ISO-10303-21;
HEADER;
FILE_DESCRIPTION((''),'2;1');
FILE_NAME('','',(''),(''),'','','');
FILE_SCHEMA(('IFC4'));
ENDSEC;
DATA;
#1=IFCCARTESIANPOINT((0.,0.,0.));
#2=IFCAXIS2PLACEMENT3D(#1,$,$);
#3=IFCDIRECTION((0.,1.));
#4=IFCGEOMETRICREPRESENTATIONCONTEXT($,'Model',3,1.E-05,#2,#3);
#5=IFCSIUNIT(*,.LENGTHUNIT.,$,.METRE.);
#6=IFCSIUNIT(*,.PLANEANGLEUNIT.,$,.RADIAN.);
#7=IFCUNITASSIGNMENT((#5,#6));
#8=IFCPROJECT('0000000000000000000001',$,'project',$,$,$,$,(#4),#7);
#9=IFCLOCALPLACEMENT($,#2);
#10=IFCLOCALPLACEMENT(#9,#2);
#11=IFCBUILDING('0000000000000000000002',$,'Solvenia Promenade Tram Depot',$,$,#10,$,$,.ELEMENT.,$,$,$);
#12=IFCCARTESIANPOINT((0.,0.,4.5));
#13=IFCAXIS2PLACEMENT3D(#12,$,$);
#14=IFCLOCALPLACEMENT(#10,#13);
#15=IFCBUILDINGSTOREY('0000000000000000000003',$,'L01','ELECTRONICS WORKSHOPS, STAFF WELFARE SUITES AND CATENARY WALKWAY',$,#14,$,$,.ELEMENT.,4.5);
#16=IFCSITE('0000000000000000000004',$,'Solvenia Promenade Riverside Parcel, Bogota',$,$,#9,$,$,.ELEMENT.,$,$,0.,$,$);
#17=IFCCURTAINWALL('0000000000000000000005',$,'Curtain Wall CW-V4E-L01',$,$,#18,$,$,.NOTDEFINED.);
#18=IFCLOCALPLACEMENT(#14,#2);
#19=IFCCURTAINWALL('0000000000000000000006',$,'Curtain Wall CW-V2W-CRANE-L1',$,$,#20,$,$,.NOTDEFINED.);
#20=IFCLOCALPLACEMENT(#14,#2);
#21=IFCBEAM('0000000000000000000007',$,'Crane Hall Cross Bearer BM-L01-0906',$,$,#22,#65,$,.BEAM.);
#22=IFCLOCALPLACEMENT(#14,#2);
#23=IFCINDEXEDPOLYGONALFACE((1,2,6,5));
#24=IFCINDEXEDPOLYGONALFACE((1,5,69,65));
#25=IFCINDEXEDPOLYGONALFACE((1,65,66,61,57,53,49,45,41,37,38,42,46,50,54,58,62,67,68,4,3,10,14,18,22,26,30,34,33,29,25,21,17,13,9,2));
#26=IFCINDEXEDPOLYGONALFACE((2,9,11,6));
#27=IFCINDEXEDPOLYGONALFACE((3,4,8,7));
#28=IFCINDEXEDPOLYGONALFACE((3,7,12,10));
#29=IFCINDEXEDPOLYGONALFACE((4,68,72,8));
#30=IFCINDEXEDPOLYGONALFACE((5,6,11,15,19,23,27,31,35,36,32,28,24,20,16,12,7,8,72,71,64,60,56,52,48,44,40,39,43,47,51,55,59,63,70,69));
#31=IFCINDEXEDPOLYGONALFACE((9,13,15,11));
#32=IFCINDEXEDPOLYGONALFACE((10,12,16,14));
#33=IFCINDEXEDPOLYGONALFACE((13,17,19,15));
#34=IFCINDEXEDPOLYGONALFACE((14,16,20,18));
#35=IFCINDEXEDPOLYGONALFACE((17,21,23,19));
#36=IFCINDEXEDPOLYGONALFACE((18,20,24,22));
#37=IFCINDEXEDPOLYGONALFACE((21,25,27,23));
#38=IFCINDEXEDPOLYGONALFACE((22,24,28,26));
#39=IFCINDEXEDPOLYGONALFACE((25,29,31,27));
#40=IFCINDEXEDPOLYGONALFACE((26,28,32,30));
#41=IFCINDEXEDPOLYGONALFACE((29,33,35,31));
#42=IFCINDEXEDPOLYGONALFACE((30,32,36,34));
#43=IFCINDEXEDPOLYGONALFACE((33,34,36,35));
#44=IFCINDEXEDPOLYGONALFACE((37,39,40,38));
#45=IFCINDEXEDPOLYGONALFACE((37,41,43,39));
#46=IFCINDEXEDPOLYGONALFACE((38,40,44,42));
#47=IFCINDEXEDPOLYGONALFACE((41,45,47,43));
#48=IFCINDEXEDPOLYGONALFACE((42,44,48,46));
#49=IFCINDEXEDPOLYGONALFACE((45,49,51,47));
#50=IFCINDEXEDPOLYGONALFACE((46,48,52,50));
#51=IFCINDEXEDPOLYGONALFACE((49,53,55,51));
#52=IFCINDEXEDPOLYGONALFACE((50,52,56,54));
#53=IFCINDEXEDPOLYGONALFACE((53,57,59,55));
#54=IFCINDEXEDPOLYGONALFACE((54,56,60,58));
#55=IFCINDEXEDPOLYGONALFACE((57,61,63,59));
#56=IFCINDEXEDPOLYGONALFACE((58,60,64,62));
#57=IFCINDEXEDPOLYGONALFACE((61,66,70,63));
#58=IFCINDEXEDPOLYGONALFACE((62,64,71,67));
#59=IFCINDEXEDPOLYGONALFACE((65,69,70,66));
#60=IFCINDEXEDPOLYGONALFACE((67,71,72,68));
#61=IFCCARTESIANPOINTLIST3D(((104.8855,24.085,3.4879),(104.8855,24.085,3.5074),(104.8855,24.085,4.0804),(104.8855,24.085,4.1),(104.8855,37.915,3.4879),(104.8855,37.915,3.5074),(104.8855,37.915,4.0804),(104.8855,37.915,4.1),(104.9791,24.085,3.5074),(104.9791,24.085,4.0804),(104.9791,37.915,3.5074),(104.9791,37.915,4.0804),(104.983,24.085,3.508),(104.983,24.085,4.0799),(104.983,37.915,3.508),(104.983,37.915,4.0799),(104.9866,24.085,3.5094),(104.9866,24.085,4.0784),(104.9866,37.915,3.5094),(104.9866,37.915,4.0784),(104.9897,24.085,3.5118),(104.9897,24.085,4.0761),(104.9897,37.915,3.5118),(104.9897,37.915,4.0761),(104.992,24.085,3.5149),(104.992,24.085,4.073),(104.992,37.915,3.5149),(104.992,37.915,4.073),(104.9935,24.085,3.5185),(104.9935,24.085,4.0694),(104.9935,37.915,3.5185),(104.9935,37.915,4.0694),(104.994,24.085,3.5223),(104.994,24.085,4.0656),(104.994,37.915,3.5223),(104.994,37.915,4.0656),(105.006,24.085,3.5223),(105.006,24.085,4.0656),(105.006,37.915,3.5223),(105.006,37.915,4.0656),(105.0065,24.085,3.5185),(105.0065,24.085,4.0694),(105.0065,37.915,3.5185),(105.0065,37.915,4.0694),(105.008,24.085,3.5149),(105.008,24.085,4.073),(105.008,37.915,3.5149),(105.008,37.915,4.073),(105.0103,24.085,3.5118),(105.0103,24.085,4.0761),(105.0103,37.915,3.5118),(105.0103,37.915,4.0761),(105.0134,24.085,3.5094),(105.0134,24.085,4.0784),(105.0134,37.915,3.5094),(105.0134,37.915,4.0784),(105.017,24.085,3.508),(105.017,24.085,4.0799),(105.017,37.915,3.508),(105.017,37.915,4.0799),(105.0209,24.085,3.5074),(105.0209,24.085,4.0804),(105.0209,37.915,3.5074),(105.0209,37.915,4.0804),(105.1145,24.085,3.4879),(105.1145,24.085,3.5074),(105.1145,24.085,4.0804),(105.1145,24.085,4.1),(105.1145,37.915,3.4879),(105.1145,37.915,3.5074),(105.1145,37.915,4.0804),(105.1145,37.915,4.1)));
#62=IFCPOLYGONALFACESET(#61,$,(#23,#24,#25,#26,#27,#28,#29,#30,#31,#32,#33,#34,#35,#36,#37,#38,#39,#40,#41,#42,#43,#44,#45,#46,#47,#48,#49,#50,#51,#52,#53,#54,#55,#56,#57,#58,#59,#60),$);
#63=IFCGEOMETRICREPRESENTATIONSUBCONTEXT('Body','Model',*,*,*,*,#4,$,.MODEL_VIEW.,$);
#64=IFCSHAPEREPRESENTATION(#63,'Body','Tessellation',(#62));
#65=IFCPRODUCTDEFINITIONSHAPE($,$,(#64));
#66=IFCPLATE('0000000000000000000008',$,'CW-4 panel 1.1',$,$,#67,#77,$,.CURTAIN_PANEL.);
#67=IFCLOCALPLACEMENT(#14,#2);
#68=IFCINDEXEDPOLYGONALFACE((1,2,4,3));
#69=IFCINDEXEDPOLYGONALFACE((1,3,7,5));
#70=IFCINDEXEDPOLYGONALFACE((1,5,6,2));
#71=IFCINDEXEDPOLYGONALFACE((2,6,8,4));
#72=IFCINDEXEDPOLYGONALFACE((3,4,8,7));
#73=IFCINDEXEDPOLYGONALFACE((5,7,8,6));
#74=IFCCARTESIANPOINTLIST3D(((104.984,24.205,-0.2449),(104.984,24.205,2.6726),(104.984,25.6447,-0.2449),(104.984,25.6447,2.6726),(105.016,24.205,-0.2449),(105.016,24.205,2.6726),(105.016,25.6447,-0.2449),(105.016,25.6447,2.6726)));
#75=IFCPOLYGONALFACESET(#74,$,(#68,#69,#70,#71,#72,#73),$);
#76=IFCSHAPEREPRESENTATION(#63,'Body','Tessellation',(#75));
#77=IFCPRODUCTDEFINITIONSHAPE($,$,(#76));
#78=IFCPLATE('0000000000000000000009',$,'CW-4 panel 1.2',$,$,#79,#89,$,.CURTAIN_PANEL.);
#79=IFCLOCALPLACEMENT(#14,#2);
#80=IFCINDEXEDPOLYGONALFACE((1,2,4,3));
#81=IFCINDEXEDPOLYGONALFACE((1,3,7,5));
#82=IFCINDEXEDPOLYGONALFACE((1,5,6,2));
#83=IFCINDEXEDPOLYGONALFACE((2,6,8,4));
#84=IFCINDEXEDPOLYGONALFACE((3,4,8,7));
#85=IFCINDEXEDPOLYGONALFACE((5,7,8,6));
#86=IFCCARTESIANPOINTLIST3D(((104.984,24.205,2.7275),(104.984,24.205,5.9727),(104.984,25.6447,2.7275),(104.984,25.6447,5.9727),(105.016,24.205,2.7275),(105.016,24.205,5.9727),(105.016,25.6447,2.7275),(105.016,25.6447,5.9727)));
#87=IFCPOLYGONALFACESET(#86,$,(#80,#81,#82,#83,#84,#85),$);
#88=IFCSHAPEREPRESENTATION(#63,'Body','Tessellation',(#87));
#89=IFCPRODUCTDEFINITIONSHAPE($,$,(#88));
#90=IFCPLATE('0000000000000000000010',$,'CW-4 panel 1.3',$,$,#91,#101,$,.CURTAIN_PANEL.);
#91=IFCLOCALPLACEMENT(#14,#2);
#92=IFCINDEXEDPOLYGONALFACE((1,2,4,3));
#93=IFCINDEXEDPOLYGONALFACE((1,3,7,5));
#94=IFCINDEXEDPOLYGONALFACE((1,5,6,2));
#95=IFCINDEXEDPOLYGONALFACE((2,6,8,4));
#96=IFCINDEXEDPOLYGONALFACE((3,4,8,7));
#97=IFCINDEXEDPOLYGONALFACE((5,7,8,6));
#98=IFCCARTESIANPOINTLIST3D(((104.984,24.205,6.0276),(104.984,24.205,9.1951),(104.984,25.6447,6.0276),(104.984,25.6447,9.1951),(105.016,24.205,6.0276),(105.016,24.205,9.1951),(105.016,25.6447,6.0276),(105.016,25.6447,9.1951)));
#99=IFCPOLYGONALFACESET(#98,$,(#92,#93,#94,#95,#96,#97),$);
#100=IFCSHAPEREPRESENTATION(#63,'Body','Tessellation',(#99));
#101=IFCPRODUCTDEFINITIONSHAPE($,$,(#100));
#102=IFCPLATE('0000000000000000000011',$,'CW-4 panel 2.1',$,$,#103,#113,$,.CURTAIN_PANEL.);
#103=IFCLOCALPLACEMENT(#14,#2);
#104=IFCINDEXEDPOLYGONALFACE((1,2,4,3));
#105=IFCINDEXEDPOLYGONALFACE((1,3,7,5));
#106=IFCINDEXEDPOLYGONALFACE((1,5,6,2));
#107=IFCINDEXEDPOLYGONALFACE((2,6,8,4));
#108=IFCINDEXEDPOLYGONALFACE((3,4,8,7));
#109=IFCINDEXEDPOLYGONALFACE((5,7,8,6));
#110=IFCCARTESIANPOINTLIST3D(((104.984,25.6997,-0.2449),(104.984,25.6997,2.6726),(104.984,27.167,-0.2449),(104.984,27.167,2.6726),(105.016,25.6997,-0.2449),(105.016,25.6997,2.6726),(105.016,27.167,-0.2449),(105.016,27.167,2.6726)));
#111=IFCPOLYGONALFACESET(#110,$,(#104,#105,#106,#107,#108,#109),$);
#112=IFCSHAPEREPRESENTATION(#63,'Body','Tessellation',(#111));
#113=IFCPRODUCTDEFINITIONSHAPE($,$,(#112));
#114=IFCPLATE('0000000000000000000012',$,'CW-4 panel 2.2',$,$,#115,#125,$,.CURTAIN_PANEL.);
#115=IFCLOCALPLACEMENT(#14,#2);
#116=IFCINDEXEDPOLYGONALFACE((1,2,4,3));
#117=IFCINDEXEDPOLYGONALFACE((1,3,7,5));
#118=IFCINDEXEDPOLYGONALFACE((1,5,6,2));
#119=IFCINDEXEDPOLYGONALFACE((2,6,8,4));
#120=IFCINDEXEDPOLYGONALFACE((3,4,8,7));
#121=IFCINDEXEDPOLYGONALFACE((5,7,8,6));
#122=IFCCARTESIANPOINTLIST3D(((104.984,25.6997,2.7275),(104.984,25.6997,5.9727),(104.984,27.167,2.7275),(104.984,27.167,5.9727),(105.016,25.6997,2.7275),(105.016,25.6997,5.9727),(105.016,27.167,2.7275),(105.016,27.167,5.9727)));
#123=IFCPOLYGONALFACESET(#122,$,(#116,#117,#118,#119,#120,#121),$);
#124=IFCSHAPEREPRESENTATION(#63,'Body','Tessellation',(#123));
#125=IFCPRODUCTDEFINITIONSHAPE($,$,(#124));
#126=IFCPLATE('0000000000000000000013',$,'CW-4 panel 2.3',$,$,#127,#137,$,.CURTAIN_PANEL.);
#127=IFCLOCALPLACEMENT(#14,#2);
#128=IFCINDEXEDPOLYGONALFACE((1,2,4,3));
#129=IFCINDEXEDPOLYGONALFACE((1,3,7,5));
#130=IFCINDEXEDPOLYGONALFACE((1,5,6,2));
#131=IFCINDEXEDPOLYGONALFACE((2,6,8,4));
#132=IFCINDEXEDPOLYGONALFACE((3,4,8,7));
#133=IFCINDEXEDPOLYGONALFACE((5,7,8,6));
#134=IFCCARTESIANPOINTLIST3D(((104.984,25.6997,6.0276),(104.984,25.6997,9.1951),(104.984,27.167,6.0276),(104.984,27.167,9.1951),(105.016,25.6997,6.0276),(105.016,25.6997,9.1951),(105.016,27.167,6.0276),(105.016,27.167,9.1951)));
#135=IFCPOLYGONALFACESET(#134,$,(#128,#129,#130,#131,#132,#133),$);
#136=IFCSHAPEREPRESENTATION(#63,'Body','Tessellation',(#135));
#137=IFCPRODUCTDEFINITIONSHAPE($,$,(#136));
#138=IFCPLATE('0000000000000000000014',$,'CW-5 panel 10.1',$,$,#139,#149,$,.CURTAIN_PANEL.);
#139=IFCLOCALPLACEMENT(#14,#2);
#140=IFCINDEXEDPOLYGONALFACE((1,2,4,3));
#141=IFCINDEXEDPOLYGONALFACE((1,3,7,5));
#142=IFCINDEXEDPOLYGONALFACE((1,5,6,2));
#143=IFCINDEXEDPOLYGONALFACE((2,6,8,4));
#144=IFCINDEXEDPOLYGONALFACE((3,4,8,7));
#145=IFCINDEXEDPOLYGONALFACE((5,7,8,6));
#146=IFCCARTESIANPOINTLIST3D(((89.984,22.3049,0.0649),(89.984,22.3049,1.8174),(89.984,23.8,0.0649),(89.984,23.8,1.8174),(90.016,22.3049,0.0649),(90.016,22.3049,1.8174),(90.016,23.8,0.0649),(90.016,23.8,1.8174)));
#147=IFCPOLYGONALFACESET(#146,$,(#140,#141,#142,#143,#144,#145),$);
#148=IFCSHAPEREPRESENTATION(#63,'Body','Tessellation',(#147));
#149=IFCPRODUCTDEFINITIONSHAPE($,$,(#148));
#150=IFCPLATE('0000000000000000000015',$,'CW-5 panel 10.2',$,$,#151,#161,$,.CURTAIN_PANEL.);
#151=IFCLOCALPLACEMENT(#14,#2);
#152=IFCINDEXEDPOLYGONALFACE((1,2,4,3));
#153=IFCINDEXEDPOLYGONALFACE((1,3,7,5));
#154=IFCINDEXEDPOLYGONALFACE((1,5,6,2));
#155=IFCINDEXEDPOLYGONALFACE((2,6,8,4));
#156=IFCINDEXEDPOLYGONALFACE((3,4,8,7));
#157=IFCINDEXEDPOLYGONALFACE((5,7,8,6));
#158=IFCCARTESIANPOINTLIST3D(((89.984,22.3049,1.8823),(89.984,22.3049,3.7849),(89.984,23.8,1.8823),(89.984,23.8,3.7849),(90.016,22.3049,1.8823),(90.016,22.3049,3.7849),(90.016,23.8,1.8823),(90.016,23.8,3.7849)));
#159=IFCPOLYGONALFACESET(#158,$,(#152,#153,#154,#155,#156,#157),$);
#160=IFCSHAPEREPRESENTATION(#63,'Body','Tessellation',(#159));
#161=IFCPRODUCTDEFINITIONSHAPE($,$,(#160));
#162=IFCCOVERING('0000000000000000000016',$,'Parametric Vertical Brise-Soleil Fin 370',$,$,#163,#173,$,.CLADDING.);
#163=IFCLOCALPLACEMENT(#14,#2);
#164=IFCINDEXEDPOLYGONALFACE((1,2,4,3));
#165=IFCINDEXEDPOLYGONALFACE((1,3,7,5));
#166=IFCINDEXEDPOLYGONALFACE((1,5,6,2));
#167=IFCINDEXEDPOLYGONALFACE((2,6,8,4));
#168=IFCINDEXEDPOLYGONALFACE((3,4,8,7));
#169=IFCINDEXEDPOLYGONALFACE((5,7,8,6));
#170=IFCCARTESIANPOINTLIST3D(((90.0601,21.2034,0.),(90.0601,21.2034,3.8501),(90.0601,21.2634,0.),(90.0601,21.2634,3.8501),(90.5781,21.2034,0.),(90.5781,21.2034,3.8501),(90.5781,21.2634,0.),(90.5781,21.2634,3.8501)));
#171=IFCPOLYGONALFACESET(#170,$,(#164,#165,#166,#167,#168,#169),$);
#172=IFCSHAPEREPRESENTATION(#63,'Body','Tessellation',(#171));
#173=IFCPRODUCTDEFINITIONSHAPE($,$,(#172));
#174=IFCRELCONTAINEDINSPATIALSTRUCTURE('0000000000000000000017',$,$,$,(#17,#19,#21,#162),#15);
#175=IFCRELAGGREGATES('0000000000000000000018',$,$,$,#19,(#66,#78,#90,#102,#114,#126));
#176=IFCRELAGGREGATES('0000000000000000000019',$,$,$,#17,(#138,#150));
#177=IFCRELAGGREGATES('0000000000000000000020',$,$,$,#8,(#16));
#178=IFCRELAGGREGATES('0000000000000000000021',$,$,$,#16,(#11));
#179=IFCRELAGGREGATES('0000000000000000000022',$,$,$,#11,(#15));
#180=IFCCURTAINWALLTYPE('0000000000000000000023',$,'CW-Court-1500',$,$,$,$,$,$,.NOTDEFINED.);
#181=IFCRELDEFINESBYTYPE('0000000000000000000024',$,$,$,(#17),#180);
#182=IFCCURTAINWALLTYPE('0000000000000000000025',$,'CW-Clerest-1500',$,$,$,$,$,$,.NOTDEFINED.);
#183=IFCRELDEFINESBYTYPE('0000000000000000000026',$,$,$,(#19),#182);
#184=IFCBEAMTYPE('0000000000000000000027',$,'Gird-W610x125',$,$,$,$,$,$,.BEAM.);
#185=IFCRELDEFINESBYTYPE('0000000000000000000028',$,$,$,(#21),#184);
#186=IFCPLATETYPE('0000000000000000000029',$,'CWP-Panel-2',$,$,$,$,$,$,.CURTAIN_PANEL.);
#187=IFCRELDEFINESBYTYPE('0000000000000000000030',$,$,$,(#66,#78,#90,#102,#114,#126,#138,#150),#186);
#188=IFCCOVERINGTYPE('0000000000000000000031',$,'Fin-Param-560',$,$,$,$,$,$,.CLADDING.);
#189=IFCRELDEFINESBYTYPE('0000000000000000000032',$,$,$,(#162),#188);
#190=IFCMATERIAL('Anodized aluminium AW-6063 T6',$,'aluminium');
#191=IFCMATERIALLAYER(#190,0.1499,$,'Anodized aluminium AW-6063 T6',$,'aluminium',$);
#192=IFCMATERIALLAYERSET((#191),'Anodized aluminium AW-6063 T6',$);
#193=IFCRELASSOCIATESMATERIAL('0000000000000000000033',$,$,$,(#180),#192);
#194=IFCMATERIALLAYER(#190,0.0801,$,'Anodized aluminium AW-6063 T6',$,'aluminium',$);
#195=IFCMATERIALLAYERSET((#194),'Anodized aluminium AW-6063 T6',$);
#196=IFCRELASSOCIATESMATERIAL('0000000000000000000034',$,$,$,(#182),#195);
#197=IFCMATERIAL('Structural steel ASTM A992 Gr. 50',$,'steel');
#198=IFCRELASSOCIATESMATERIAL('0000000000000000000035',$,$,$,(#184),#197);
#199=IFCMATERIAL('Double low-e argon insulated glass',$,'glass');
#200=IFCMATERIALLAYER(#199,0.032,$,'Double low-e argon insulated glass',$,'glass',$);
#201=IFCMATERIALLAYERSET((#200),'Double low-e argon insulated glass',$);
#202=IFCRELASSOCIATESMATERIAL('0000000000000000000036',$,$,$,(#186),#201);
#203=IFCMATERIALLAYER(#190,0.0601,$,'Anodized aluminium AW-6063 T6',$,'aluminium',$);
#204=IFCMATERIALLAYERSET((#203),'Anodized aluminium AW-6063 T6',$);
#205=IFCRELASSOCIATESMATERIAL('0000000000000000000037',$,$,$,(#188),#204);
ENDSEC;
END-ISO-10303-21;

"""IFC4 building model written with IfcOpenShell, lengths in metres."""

from ifc_helpers import new_model, si_unit, direction, frame, origin, origin_2d, place, context, subcontext, project, spatial, rectangle, i_section, extrude, material, layer, layer_set, material_profile, profile_set, type_object, element, aggregate, save


model = new_model("IFC4")

# Units and contexts
model_context = context("Model", 3, precision=1e-05, world=origin(), true_north=direction((0.0, 1.0)))
body_context = subcontext(model_context, "Body", "Model", "MODEL_VIEW")
ifc_project = project(units=[si_unit("LENGTHUNIT", "METRE"), si_unit("PLANEANGLEUNIT", "RADIAN")], contexts=[model_context])

# Site, building, storey
site_placement = place(None, origin())
site = spatial("IfcSite", under=ifc_project, at=site_placement, Name="Solvenia Promenade Riverside Parcel, Bogota", CompositionType="ELEMENT", RefElevation=0.0)
building_placement = place(site_placement, origin())
building = spatial("IfcBuilding", under=site, at=building_placement, Name="Solvenia Promenade Tram Depot", CompositionType="ELEMENT")
storey_placement = place(building_placement, frame((0.0, 0.0, 4.5)))
storey = spatial("IfcBuildingStorey", under=building, at=storey_placement, Name="L01", Description="ELECTRONICS WORKSHOPS, STAFF WELFARE SUITES AND CATENARY WALKWAY", CompositionType="ELEMENT", Elevation=4.5)

# Shared definitions
ifc_material_1 = material(Name="Structural steel ASTM A992 Gr. 50", Category="steel")

# Curtain wall
ifc_material_2 = material(Name="Anodized aluminium AW-6063 T6", Category="aluminium")
ifc_layer_1 = layer(ifc_material_2, 0.1499, Name="Anodized aluminium AW-6063 T6", Category="aluminium")
ifc_layer_set_1 = layer_set([ifc_layer_1], Name="Anodized aluminium AW-6063 T6")
curtain_wall_type_1 = type_object("IfcCurtainWallType", Name="CW-Court-1500", PredefinedType="NOTDEFINED", material=ifc_layer_set_1)
curtain_wall_1_placement = place(storey_placement, origin())
curtain_wall_1 = element("IfcCurtainWall", 1, at=curtain_wall_1_placement, inside=storey, type_object=curtain_wall_type_1, Name="Curtain Wall CW-V4E-L01", PredefinedType="NOTDEFINED")

# Curtain wall
ifc_layer_2 = layer(ifc_material_2, 0.0801, Name="Anodized aluminium AW-6063 T6", Category="aluminium")
ifc_layer_set_2 = layer_set([ifc_layer_2], Name="Anodized aluminium AW-6063 T6")
curtain_wall_type_2 = type_object("IfcCurtainWallType", Name="CW-Clerest-1500", PredefinedType="NOTDEFINED", material=ifc_layer_set_2)
curtain_wall_2_placement = place(storey_placement, origin())
curtain_wall_2 = element("IfcCurtainWall", 2, at=curtain_wall_2_placement, inside=storey, type_object=curtain_wall_type_2, Name="Curtain Wall CW-V2W-CRANE-L1", PredefinedType="NOTDEFINED")

# Beam
ifc_material_profile_1 = material_profile(ifc_material_1, i_section(OverallWidth=0.229, OverallDepth=0.6121, WebThickness=0.012, FlangeThickness=0.0195, FilletRadius=0.0149, at=origin_2d()), Name="W610x125", Category="steel")
ifc_profile_set_1 = profile_set([ifc_material_profile_1], Name="Structural steel ASTM A992 Gr. 50")
beam_type = type_object("IfcBeamType", Name="Gird-W610x125", PredefinedType="BEAM", material=ifc_profile_set_1)
beam_placement = place(storey_placement, frame((105.0, 24.085, 3.7939), z_axis=(0.0, 1.0, 0.0), x_axis=(-1.0, 0.0, 0.0)))
element("IfcBeam", 3, at=beam_placement, inside=storey, type_object=beam_type, Name="Crane Hall Cross Bearer BM-L01-0906", PredefinedType="BEAM", context=body_context, shape_type="SweptSolid", body=[
    extrude(i_section(OverallWidth=0.229, OverallDepth=0.6121, WebThickness=0.012, FlangeThickness=0.0195, FilletRadius=0.0149, at=origin_2d()), origin(), (0.0, 0.0, 1.0), 13.8301),
])

# Plates
ifc_material_3 = material(Name="Double low-e argon insulated glass", Category="glass")
ifc_layer_3 = layer(ifc_material_3, 0.032, Name="Double low-e argon insulated glass", Category="glass")
ifc_layer_set_3 = layer_set([ifc_layer_3], Name="Double low-e argon insulated glass")
plate_type = type_object("IfcPlateType", Name="CWP-Panel-2", PredefinedType="CURTAIN_PANEL", material=ifc_layer_set_3)
plate_1_placement = place(storey_placement, frame((105.0, 24.9248, -0.2449), z_axis=(0.0, 0.0, 1.0), x_axis=(0.0, 1.0, 0.0)))
plate_1 = element("IfcPlate", 4, at=plate_1_placement, type_object=plate_type, Name="CW-4 panel 1.1", PredefinedType="CURTAIN_PANEL", context=body_context, shape_type="SweptSolid", body=[
    extrude(rectangle(XDim=1.4397, YDim=0.032, at=origin_2d()), origin(), (0.0, 0.0, 1.0), 2.9175),
])
plate_2_placement = place(storey_placement, frame((105.0, 24.9248, 2.7275), z_axis=(0.0, 0.0, 1.0), x_axis=(0.0, 1.0, 0.0)))
plate_2 = element("IfcPlate", 5, at=plate_2_placement, type_object=plate_type, Name="CW-4 panel 1.2", PredefinedType="CURTAIN_PANEL", context=body_context, shape_type="SweptSolid", body=[
    extrude(rectangle(XDim=1.4397, YDim=0.032, at=origin_2d()), origin(), (0.0, 0.0, 1.0), 3.2451),
])
plate_3_placement = place(storey_placement, frame((105.0, 24.9248, 6.0276), z_axis=(0.0, 0.0, 1.0), x_axis=(0.0, 1.0, 0.0)))
plate_3 = element("IfcPlate", 6, at=plate_3_placement, type_object=plate_type, Name="CW-4 panel 1.3", PredefinedType="CURTAIN_PANEL", context=body_context, shape_type="SweptSolid", body=[
    extrude(rectangle(XDim=1.4397, YDim=0.032, at=origin_2d()), origin(), (0.0, 0.0, 1.0), 3.1675),
])
plate_4_placement = place(storey_placement, frame((105.0, 26.4333, -0.2449), z_axis=(0.0, 0.0, 1.0), x_axis=(0.0, 1.0, 0.0)))
plate_4 = element("IfcPlate", 7, at=plate_4_placement, type_object=plate_type, Name="CW-4 panel 2.1", PredefinedType="CURTAIN_PANEL", context=body_context, shape_type="SweptSolid", body=[
    extrude(rectangle(XDim=1.4673, YDim=0.032, at=origin_2d()), origin(), (0.0, 0.0, 1.0), 2.9175),
])
plate_5_placement = place(storey_placement, frame((105.0, 26.4333, 2.7275), z_axis=(0.0, 0.0, 1.0), x_axis=(0.0, 1.0, 0.0)))
plate_5 = element("IfcPlate", 8, at=plate_5_placement, type_object=plate_type, Name="CW-4 panel 2.2", PredefinedType="CURTAIN_PANEL", context=body_context, shape_type="SweptSolid", body=[
    extrude(rectangle(XDim=1.4673, YDim=0.032, at=origin_2d()), origin(), (0.0, 0.0, 1.0), 3.2451),
])
plate_6_placement = place(storey_placement, frame((105.0, 26.4333, 6.0276), z_axis=(0.0, 0.0, 1.0), x_axis=(0.0, 1.0, 0.0)))
plate_6 = element("IfcPlate", 9, at=plate_6_placement, type_object=plate_type, Name="CW-4 panel 2.3", PredefinedType="CURTAIN_PANEL", context=body_context, shape_type="SweptSolid", body=[
    extrude(rectangle(XDim=1.4673, YDim=0.032, at=origin_2d()), origin(), (0.0, 0.0, 1.0), 3.1675),
])
aggregate(curtain_wall_2, [plate_1, plate_2, plate_3, plate_4, plate_5, plate_6])
plate_7_placement = place(storey_placement, frame((90.0, 23.0525, 0.0649), z_axis=(0.0, 0.0, 1.0), x_axis=(0.0, 1.0, 0.0)))
plate_7 = element("IfcPlate", 10, at=plate_7_placement, type_object=plate_type, Name="CW-5 panel 10.1", PredefinedType="CURTAIN_PANEL", context=body_context, shape_type="SweptSolid", body=[
    extrude(rectangle(XDim=1.4951, YDim=0.032, at=origin_2d()), origin(), (0.0, 0.0, 1.0), 1.7524),
])
plate_8_placement = place(storey_placement, frame((90.0, 23.0525, 1.8823), z_axis=(0.0, 0.0, 1.0), x_axis=(0.0, 1.0, 0.0)))
plate_8 = element("IfcPlate", 11, at=plate_8_placement, type_object=plate_type, Name="CW-5 panel 10.2", PredefinedType="CURTAIN_PANEL", context=body_context, shape_type="SweptSolid", body=[
    extrude(rectangle(XDim=1.4951, YDim=0.032, at=origin_2d()), origin(), (0.0, 0.0, 1.0), 1.9026),
])
aggregate(curtain_wall_1, [plate_7, plate_8])

# Covering
ifc_layer_4 = layer(ifc_material_2, 0.0601, Name="Anodized aluminium AW-6063 T6", Category="aluminium")
ifc_layer_set_4 = layer_set([ifc_layer_4], Name="Anodized aluminium AW-6063 T6")
covering_type = type_object("IfcCoveringType", Name="Fin-Param-560", PredefinedType="CLADDING", material=ifc_layer_set_4)
covering_placement = place(storey_placement, frame((90.3191, 21.2334, 0.0), z_axis=(0.0, 0.0, 1.0), x_axis=(0.0, 1.0, 0.0)))
element("IfcCovering", 12, at=covering_placement, inside=storey, type_object=covering_type, Name="Parametric Vertical Brise-Soleil Fin 370", PredefinedType="CLADDING", context=body_context, shape_type="SweptSolid", body=[
    extrude(rectangle(XDim=0.0601, YDim=0.5181, at=origin_2d()), origin(), (0.0, 0.0, 1.0), 3.8501),
])

save(model, "model.ifc")
